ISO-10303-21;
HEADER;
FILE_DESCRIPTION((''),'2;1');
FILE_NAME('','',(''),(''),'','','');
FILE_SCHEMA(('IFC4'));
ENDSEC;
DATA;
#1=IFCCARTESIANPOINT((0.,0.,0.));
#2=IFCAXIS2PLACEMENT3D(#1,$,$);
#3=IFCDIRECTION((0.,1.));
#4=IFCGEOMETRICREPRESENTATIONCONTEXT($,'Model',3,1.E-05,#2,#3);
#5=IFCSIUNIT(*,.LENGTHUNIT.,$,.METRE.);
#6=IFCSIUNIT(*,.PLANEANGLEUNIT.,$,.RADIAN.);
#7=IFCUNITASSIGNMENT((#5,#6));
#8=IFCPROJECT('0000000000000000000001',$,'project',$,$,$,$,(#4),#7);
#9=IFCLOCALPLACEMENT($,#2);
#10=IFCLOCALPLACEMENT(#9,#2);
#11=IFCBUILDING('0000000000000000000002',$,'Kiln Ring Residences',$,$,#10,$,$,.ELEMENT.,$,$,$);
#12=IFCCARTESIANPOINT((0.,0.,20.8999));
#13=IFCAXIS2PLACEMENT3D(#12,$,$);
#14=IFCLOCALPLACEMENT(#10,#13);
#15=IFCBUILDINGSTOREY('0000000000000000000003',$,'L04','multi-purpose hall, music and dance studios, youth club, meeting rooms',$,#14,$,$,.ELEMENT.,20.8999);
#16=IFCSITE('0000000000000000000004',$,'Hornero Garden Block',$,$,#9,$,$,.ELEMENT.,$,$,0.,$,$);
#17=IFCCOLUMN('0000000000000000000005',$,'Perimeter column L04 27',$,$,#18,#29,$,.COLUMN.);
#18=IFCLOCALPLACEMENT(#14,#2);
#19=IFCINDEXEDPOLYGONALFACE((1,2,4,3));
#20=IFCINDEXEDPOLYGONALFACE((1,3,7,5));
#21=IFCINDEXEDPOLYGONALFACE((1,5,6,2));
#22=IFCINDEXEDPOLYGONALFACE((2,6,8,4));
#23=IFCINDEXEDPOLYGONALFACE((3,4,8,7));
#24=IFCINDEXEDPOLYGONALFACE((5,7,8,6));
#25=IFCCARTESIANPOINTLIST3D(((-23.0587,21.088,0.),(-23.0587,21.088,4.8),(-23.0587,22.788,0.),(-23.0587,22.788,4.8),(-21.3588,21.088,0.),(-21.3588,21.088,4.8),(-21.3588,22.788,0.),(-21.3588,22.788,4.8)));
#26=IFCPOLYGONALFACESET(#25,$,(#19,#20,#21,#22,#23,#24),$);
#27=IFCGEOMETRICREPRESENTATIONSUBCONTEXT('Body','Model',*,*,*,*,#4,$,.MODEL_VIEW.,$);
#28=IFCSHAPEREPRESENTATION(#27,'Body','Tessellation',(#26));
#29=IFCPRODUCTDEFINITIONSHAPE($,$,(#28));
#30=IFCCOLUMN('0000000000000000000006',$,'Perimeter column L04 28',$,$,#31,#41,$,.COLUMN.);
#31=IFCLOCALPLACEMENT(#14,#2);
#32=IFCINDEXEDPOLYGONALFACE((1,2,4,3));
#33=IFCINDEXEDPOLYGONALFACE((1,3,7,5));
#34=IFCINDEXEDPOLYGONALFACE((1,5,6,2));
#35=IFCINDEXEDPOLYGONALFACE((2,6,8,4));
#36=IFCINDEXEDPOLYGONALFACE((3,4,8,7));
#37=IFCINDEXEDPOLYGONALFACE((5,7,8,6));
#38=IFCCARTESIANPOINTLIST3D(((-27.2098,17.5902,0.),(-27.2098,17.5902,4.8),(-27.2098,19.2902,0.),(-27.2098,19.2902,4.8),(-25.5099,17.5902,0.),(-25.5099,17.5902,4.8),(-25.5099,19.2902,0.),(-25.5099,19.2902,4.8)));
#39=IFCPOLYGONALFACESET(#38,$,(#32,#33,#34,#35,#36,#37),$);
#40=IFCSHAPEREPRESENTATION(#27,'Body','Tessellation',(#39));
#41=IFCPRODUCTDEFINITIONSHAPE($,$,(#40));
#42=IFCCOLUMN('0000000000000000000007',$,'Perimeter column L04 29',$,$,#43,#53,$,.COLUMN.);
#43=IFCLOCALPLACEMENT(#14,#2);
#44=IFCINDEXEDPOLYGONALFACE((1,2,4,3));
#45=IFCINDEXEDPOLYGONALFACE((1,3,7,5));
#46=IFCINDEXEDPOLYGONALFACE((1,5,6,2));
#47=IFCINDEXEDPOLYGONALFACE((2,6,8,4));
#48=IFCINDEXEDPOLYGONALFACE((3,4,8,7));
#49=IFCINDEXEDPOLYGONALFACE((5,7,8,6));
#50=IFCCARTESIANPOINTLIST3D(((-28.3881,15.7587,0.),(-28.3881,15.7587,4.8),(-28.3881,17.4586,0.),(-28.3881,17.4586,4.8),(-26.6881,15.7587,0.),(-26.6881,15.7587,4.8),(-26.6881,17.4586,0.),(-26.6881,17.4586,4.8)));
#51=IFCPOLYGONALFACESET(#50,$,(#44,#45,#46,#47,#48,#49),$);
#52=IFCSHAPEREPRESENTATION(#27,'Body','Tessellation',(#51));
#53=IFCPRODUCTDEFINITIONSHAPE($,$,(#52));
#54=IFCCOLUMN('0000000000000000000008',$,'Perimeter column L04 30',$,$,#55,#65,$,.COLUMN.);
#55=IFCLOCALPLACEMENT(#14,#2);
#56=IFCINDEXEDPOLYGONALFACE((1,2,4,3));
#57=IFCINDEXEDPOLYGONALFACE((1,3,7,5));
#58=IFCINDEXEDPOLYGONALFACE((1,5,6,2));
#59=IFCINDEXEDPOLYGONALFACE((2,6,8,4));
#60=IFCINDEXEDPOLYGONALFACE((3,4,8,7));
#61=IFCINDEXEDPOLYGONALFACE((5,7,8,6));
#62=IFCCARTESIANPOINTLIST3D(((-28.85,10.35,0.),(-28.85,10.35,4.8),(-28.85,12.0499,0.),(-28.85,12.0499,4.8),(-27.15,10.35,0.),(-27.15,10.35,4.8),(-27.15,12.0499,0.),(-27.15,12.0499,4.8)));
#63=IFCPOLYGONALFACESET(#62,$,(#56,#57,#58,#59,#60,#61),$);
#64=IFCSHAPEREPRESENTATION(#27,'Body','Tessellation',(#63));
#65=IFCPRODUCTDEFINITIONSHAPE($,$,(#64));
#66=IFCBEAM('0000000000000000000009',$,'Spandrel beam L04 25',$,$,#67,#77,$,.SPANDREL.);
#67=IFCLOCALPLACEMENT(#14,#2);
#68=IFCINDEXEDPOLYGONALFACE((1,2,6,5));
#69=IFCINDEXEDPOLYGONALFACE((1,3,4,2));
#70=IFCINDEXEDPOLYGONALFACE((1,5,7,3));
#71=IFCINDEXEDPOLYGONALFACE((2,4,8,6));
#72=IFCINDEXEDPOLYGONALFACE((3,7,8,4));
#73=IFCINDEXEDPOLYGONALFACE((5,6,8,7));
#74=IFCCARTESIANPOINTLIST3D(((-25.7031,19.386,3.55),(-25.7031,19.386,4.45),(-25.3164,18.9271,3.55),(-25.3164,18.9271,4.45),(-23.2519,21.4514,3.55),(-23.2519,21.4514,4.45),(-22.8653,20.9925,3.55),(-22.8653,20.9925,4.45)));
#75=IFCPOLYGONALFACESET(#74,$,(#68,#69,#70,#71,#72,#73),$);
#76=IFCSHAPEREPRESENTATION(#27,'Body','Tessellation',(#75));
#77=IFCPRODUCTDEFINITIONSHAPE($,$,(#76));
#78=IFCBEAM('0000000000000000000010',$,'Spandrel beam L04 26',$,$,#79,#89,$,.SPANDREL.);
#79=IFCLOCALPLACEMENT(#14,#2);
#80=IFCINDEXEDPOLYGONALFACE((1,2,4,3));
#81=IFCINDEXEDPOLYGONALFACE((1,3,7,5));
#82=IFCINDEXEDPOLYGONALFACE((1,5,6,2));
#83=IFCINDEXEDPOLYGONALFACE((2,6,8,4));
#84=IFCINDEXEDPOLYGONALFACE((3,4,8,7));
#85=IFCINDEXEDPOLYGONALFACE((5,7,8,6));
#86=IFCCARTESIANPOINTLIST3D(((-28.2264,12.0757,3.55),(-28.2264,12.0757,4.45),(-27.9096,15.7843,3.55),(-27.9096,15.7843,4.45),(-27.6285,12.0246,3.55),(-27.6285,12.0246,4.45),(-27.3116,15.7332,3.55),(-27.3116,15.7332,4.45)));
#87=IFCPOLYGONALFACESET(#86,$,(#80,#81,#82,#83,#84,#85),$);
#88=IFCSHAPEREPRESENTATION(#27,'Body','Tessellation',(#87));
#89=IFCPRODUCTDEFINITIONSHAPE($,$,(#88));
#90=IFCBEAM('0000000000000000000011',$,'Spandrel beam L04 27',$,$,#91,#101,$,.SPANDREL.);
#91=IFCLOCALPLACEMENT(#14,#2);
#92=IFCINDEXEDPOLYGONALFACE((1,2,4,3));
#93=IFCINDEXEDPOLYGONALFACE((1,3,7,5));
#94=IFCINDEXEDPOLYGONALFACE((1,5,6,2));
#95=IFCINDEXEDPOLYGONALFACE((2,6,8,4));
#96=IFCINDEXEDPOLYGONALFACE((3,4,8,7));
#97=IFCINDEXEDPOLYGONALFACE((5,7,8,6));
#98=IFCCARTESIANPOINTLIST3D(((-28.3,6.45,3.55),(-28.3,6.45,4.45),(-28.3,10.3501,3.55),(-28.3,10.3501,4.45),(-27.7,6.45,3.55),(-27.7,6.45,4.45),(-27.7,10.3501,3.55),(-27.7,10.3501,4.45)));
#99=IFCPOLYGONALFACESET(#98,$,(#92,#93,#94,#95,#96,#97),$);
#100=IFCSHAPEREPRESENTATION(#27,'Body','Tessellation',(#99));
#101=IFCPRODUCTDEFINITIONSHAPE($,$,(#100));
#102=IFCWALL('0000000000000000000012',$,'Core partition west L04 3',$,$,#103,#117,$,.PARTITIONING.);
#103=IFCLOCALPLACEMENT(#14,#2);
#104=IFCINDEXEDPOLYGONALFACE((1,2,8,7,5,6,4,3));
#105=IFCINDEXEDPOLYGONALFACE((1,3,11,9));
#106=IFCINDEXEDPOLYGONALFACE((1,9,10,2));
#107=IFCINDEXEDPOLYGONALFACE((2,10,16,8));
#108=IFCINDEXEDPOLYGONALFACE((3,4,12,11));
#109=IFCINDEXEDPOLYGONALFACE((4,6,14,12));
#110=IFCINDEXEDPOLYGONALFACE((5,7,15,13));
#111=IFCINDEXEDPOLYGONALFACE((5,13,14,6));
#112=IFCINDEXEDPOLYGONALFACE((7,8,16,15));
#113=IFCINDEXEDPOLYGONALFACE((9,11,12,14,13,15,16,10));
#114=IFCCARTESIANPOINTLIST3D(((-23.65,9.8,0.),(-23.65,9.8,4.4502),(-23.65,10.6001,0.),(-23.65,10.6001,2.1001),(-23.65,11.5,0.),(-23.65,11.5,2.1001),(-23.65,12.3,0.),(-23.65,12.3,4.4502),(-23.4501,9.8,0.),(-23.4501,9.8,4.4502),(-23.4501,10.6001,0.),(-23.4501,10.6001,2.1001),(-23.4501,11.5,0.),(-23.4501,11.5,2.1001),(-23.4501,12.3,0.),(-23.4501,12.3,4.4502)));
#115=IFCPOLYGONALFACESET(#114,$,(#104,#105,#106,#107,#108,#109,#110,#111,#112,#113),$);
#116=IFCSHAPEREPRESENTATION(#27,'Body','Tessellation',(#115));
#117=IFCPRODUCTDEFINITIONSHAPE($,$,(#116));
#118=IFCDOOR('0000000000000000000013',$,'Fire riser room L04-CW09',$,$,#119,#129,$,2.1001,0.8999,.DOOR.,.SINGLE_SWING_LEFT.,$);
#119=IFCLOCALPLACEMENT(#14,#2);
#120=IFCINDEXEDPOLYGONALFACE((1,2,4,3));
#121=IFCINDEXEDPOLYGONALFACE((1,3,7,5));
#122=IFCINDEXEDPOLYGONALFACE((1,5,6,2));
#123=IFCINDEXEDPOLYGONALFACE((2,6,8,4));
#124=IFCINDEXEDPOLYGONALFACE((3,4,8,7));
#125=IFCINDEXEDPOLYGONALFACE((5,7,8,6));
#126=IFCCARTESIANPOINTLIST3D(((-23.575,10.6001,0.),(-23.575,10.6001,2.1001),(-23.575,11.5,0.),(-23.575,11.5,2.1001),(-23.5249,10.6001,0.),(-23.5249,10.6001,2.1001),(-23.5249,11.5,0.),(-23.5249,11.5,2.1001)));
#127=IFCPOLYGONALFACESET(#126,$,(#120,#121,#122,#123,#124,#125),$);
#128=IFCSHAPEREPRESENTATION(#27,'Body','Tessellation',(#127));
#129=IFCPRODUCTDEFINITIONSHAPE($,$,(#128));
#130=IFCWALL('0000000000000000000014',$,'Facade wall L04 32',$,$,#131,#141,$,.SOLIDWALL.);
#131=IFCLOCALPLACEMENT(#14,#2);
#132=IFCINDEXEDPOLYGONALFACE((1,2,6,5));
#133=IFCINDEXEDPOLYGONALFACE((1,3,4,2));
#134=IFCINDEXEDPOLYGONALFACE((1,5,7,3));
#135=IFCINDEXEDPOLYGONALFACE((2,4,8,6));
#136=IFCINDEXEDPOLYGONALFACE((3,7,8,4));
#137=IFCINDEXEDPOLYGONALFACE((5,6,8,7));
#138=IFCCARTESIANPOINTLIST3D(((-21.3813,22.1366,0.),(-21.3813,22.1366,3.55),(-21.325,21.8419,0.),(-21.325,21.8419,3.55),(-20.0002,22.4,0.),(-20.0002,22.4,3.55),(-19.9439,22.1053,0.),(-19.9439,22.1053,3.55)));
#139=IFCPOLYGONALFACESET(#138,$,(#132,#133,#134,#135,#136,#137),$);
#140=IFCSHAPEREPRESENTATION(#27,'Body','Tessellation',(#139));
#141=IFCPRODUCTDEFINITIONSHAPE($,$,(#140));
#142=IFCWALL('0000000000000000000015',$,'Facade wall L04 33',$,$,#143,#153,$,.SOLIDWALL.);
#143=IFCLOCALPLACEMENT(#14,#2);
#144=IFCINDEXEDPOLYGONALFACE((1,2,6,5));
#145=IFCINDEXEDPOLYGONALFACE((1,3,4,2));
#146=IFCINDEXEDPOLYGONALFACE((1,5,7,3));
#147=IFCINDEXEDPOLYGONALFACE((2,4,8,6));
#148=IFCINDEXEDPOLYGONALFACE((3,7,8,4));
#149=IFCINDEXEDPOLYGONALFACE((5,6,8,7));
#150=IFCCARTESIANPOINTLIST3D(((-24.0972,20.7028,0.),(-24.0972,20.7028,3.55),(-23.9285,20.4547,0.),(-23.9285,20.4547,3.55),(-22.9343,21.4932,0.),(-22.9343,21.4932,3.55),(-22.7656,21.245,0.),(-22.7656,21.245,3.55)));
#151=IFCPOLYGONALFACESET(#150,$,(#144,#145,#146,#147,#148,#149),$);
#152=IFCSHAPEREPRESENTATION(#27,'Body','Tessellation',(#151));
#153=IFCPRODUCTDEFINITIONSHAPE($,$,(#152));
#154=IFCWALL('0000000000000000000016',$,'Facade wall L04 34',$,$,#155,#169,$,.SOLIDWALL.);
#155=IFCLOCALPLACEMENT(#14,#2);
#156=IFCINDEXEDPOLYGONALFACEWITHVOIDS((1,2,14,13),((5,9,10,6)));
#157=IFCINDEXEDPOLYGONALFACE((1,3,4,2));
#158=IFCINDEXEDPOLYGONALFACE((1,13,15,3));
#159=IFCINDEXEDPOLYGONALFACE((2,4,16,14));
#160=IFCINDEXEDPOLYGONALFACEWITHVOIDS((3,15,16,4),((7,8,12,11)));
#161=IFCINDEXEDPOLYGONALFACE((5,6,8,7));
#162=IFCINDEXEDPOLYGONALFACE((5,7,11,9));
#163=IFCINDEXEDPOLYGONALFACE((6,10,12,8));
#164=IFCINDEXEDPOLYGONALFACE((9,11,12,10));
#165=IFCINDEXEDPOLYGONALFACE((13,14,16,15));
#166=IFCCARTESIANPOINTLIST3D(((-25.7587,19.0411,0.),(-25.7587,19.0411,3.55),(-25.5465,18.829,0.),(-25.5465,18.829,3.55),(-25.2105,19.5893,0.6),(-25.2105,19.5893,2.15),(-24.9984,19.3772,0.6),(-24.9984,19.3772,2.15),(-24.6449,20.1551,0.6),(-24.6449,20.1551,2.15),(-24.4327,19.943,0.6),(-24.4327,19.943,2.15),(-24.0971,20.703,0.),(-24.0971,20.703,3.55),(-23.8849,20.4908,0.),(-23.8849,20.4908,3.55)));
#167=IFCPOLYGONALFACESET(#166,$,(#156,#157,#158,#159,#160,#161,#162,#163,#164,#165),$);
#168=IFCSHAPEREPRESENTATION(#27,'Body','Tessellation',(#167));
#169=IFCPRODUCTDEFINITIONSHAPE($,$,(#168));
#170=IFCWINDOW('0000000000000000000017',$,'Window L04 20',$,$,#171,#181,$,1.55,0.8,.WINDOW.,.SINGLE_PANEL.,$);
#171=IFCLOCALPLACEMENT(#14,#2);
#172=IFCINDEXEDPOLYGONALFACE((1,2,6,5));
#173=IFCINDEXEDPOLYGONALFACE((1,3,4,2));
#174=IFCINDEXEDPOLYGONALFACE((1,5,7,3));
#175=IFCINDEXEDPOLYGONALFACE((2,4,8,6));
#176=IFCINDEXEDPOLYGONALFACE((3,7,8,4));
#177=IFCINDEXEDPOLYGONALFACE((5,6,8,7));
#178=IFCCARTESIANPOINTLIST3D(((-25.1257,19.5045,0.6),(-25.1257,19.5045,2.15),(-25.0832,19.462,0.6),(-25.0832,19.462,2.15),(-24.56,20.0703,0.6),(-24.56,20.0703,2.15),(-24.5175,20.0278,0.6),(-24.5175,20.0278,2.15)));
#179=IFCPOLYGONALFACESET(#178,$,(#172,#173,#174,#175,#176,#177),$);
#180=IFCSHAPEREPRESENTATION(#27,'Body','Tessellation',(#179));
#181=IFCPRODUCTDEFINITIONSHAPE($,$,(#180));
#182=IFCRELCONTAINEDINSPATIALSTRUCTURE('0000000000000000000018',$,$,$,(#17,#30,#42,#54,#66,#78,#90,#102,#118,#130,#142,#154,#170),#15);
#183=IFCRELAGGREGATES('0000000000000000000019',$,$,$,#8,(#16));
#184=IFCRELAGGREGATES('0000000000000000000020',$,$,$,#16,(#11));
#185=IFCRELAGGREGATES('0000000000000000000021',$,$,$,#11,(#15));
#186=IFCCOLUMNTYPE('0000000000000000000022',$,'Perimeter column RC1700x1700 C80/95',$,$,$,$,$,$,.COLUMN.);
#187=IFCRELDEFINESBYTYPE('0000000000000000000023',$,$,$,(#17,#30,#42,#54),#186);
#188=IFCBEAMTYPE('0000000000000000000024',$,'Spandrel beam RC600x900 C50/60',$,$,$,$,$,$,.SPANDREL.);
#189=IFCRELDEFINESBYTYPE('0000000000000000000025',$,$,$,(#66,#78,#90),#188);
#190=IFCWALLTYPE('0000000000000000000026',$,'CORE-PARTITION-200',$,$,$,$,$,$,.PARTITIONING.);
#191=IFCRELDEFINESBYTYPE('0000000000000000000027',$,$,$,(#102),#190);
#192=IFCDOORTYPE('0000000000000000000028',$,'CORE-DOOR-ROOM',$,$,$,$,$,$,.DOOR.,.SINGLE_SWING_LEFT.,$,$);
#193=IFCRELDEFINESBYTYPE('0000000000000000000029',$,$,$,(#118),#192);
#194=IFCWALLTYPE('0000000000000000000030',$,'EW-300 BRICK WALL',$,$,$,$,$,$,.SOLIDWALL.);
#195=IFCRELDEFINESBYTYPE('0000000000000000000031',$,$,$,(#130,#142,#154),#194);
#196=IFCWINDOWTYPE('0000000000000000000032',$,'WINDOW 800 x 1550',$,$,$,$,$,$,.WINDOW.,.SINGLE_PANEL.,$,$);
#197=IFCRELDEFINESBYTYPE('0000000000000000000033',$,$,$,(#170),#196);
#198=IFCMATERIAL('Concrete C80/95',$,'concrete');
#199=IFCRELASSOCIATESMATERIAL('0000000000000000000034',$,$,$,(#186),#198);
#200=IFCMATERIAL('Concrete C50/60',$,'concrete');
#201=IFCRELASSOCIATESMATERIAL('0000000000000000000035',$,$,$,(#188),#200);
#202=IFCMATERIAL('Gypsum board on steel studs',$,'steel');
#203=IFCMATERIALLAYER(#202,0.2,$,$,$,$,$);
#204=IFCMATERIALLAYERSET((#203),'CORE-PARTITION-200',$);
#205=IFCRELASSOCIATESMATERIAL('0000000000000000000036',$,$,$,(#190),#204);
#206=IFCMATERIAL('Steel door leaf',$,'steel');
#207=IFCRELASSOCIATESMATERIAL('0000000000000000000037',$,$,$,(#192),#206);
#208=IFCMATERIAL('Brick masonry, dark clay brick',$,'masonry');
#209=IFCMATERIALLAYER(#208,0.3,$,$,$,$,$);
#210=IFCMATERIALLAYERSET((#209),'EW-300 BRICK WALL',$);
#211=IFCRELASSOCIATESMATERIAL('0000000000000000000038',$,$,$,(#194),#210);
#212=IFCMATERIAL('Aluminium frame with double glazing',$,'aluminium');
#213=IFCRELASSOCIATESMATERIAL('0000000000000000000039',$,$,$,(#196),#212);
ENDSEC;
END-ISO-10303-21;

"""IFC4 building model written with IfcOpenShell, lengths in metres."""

from ifc_helpers import new_model, si_unit, direction, frame, frame_2d, origin, origin_2d, place, context, subcontext, project, spatial, rectangle, extrude, material, layer, layer_set, material_profile, profile_set, type_object, element, fill, save


model = new_model("IFC4")

# Units and contexts
model_context = context("Model", 3, precision=1e-05, world=origin(), true_north=direction((0.0, 1.0)))
body_context = subcontext(model_context, "Body", "Model", "MODEL_VIEW")
ifc_project = project(units=[si_unit("LENGTHUNIT", "METRE"), si_unit("PLANEANGLEUNIT", "RADIAN")], contexts=[model_context])

# Site, building, storey
site_placement = place(None, origin())
site = spatial("IfcSite", under=ifc_project, at=site_placement, Name="Hornero Garden Block", CompositionType="ELEMENT", RefElevation=0.0)
building_placement = place(site_placement, origin())
building = spatial("IfcBuilding", under=site, at=building_placement, Name="Kiln Ring Residences", CompositionType="ELEMENT")
storey_placement = place(building_placement, frame((0.0, 0.0, 20.8999)))
storey = spatial("IfcBuildingStorey", under=building, at=storey_placement, Name="L04", Description="multi-purpose hall, music and dance studios, youth club, meeting rooms", CompositionType="ELEMENT", Elevation=20.8999)

# Columns
ifc_material_1 = material(Name="Concrete C80/95", Category="concrete")
ifc_material_profile_1 = material_profile(ifc_material_1, rectangle(XDim=1.7, YDim=1.7, at=origin_2d()), Name="RC1700x1700")
ifc_profile_set_1 = profile_set([ifc_material_profile_1], Name="Concrete C80/95")
column_type = type_object("IfcColumnType", Name="Perimeter column RC1700x1700 C80/95", PredefinedType="COLUMN", material=ifc_profile_set_1)
for number, where, z_axis, x_axis, name in (
    (1, (-22.2087, 21.938, 0.0), (0.0, 0.0, 1.0), (1.0, 0.0, 0.0), "Perimeter column L04 27"),
    (2, (-26.3599, 18.4402, 0.0), (0.0, 0.0, 1.0), (1.0, 0.0, 0.0), "Perimeter column L04 28"),
    (3, (-27.5381, 16.6086, 0.0), (0.0, 0.0, 1.0), (1.0, 0.0, 0.0), "Perimeter column L04 29"),
    (4, (-28.0, 11.2, 0.0), (0.0, 0.0, 1.0), (1.0, 0.0, 0.0), "Perimeter column L04 30"),
):
    element("IfcColumn", number, at=place(storey_placement, frame(where, z_axis=z_axis, x_axis=x_axis)), inside=storey, type_object=column_type, Name=name, PredefinedType="COLUMN", context=body_context, shape_type="SweptSolid", body=[
        extrude(rectangle(XDim=1.7, YDim=1.7, at=origin_2d()), origin(), (0.0, 0.0, 1.0), 4.8),
    ])

# Beams
ifc_material_2 = material(Name="Concrete C50/60", Category="concrete")
ifc_material_profile_2 = material_profile(ifc_material_2, rectangle(XDim=0.6001, YDim=0.8999, at=origin_2d()), Name="RC600x900")
ifc_profile_set_2 = profile_set([ifc_material_profile_2], Name="Concrete C50/60")
beam_type = type_object("IfcBeamType", Name="Spandrel beam RC600x900 C50/60", PredefinedType="SPANDREL", material=ifc_profile_set_2)
beam_1_placement = place(storey_placement, frame((-23.0586, 21.2219, 4.0), z_axis=(-0.764714, -0.64437, 0.0), x_axis=(0.64437, -0.764714, 0.0)))
element("IfcBeam", 5, at=beam_1_placement, inside=storey, type_object=beam_type, Name="Spandrel beam L04 25", PredefinedType="SPANDREL", context=body_context, shape_type="SweptSolid", body=[
    extrude(rectangle(XDim=0.6001, YDim=0.8999, at=origin_2d()), origin(), (0.0, 0.0, 1.0), 3.2053),
])
beam_2_placement = place(storey_placement, frame((-27.6106, 15.7588, 4.0), z_axis=(-0.085135, -0.996369, 0.0), x_axis=(0.996369, -0.085135, 0.0)))
element("IfcBeam", 6, at=beam_2_placement, inside=storey, type_object=beam_type, Name="Spandrel beam L04 26", PredefinedType="SPANDREL", context=body_context, shape_type="SweptSolid", body=[
    extrude(rectangle(XDim=0.6001, YDim=0.8999, at=origin_2d()), origin(), (0.0, 0.0, 1.0), 3.7222),
])
beam_3_placement = place(storey_placement, frame((-28.0, 10.3501, 4.0), z_axis=(0.0, -1.0, 0.0), x_axis=(1.0, 0.0, 0.0)))
element("IfcBeam", 7, at=beam_3_placement, inside=storey, type_object=beam_type, Name="Spandrel beam L04 27", PredefinedType="SPANDREL", context=body_context, shape_type="SweptSolid", body=[
    extrude(rectangle(XDim=0.6001, YDim=0.8999, at=origin_2d()), origin(), (0.0, 0.0, 1.0), 3.9001),
])

# Wall, opening, door
ifc_material_3 = material(Name="Gypsum board on steel studs", Category="steel")
ifc_layer_1 = layer(ifc_material_3, 0.2)
ifc_layer_set_1 = layer_set([ifc_layer_1], Name="CORE-PARTITION-200")
wall_type_1 = type_object("IfcWallType", Name="CORE-PARTITION-200", PredefinedType="PARTITIONING", material=ifc_layer_set_1)
wall_1_placement = place(storey_placement, frame((-23.55, 9.8, 0.0), z_axis=(0.0, 0.0, 1.0), x_axis=(0.0, 1.0, 0.0)))
wall_1 = element("IfcWall", 8, at=wall_1_placement, inside=storey, type_object=wall_type_1, Name="Core partition west L04 3", PredefinedType="PARTITIONING", context=body_context, shape_type="SweptSolid", body=[
    extrude(rectangle(XDim=2.5, YDim=0.2, at=frame_2d((1.25, 0.0))), origin(), (0.0, 0.0, 1.0), 4.4502),
])
opening_1_placement = place(wall_1_placement, frame((0.8, 0.0, 0.0)))
opening_1 = element("IfcOpeningElement", 9, at=opening_1_placement, cuts=wall_1, PredefinedType="OPENING", context=body_context, shape_type="SweptSolid", body=[
    extrude(rectangle(XDim=0.8999, YDim=2.1001, at=frame_2d((0.45, 1.05))), frame((0.0, 0.1099, 0.0), z_axis=(0.0, -1.0, 0.0), x_axis=(1.0, 0.0, 0.0)), (0.0, 0.0, 1.0), 0.22),
])
ifc_material_4 = material(Name="Steel door leaf", Category="steel")
door_type_1 = type_object("IfcDoorType", Name="CORE-DOOR-ROOM", OperationType="SINGLE_SWING_LEFT", PredefinedType="DOOR", material=ifc_material_4)
door_1_placement = place(opening_1_placement, origin())
door_1 = element("IfcDoor", 10, at=door_1_placement, inside=storey, type_object=door_type_1, Name="Fire riser room L04-CW09", OperationType="SINGLE_SWING_LEFT", OverallHeight=2.1001, OverallWidth=0.8999, PredefinedType="DOOR", context=body_context, shape_type="SweptSolid", body=[
    extrude(rectangle(XDim=0.8999, YDim=2.1001, at=frame_2d((0.45, 1.05))), frame((0.0, 0.0249, 0.0), z_axis=(0.0, -1.0, 0.0), x_axis=(1.0, 0.0, 0.0)), (0.0, 0.0, 1.0), 0.05),
])
fill(opening_1, door_1)

# Walls
ifc_material_5 = material(Name="Brick masonry, dark clay brick", Category="masonry")
ifc_layer_2 = layer(ifc_material_5, 0.3)
ifc_layer_set_2 = layer_set([ifc_layer_2], Name="EW-300 BRICK WALL")
wall_type_2 = type_object("IfcWallType", Name="EW-300 BRICK WALL", PredefinedType="SOLIDWALL", material=ifc_layer_set_2)
for number, where, z_axis, x_axis, name in (
    (11, (-19.9719, 22.2527, 0.0), (0.0, 0.0, 1.0), (-0.982291, -0.187359, 0.0), "Facade wall L04 32"),
    (12, (-22.8499, 21.3691, 0.0), (0.0, 0.0, 1.0), (-0.827075, -0.562092, 0.0), "Facade wall L04 33"),
):
    element("IfcWall", number, at=place(storey_placement, frame(where, z_axis=z_axis, x_axis=x_axis)), inside=storey, type_object=wall_type_2, Name=name, PredefinedType="SOLIDWALL", context=body_context, shape_type="SweptSolid", body=[
        extrude(rectangle(XDim=1.406, YDim=0.3, at=frame_2d((0.7031, 0.0))), origin(), (0.0, 0.0, 1.0), 3.55),
    ])

# Wall, opening, window
wall_2_placement = place(storey_placement, frame((-23.991, 20.5969, 0.0), z_axis=(0.0, 0.0, 1.0), x_axis=(-0.707055, -0.707159, 0.0)))
wall_2 = element("IfcWall", 13, at=wall_2_placement, inside=storey, type_object=wall_type_2, Name="Facade wall L04 34", PredefinedType="SOLIDWALL", context=body_context, shape_type="SweptSolid", body=[
    extrude(rectangle(XDim=2.3501, YDim=0.3, at=frame_2d((1.175, 0.0))), origin(), (0.0, 0.0, 1.0), 3.55),
])
opening_2_placement = place(wall_2_placement, frame((0.7749, 0.0, 0.6001)))
opening_2 = element("IfcOpeningElement", 14, at=opening_2_placement, cuts=wall_2, PredefinedType="OPENING", context=body_context, shape_type="SweptSolid", body=[
    extrude(rectangle(XDim=0.8, YDim=1.55, at=frame_2d((0.3999, 0.7749))), frame((0.0, 0.1599, 0.0), z_axis=(0.0, -1.0, 0.0), x_axis=(1.0, 0.0, 0.0)), (0.0, 0.0, 1.0), 0.3201),
])
ifc_material_6 = material(Name="Aluminium frame with double glazing", Category="aluminium")
window_type = type_object("IfcWindowType", Name="WINDOW 800 x 1550", PartitioningType="SINGLE_PANEL", PredefinedType="WINDOW", material=ifc_material_6)
window_placement = place(opening_2_placement, origin())
window = element("IfcWindow", 15, at=window_placement, inside=storey, type_object=window_type, Name="Window L04 20", OverallHeight=1.55, OverallWidth=0.8, PartitioningType="SINGLE_PANEL", PredefinedType="WINDOW", context=body_context, shape_type="SweptSolid", body=[
    extrude(rectangle(XDim=0.8, YDim=1.55, at=frame_2d((0.3999, 0.7749))), frame((0.0, 0.03, 0.0), z_axis=(0.0, -1.0, 0.0), x_axis=(1.0, 0.0, 0.0)), (0.0, 0.0, 1.0), 0.0601),
])
fill(opening_2, window)

save(model, "model.ifc")
